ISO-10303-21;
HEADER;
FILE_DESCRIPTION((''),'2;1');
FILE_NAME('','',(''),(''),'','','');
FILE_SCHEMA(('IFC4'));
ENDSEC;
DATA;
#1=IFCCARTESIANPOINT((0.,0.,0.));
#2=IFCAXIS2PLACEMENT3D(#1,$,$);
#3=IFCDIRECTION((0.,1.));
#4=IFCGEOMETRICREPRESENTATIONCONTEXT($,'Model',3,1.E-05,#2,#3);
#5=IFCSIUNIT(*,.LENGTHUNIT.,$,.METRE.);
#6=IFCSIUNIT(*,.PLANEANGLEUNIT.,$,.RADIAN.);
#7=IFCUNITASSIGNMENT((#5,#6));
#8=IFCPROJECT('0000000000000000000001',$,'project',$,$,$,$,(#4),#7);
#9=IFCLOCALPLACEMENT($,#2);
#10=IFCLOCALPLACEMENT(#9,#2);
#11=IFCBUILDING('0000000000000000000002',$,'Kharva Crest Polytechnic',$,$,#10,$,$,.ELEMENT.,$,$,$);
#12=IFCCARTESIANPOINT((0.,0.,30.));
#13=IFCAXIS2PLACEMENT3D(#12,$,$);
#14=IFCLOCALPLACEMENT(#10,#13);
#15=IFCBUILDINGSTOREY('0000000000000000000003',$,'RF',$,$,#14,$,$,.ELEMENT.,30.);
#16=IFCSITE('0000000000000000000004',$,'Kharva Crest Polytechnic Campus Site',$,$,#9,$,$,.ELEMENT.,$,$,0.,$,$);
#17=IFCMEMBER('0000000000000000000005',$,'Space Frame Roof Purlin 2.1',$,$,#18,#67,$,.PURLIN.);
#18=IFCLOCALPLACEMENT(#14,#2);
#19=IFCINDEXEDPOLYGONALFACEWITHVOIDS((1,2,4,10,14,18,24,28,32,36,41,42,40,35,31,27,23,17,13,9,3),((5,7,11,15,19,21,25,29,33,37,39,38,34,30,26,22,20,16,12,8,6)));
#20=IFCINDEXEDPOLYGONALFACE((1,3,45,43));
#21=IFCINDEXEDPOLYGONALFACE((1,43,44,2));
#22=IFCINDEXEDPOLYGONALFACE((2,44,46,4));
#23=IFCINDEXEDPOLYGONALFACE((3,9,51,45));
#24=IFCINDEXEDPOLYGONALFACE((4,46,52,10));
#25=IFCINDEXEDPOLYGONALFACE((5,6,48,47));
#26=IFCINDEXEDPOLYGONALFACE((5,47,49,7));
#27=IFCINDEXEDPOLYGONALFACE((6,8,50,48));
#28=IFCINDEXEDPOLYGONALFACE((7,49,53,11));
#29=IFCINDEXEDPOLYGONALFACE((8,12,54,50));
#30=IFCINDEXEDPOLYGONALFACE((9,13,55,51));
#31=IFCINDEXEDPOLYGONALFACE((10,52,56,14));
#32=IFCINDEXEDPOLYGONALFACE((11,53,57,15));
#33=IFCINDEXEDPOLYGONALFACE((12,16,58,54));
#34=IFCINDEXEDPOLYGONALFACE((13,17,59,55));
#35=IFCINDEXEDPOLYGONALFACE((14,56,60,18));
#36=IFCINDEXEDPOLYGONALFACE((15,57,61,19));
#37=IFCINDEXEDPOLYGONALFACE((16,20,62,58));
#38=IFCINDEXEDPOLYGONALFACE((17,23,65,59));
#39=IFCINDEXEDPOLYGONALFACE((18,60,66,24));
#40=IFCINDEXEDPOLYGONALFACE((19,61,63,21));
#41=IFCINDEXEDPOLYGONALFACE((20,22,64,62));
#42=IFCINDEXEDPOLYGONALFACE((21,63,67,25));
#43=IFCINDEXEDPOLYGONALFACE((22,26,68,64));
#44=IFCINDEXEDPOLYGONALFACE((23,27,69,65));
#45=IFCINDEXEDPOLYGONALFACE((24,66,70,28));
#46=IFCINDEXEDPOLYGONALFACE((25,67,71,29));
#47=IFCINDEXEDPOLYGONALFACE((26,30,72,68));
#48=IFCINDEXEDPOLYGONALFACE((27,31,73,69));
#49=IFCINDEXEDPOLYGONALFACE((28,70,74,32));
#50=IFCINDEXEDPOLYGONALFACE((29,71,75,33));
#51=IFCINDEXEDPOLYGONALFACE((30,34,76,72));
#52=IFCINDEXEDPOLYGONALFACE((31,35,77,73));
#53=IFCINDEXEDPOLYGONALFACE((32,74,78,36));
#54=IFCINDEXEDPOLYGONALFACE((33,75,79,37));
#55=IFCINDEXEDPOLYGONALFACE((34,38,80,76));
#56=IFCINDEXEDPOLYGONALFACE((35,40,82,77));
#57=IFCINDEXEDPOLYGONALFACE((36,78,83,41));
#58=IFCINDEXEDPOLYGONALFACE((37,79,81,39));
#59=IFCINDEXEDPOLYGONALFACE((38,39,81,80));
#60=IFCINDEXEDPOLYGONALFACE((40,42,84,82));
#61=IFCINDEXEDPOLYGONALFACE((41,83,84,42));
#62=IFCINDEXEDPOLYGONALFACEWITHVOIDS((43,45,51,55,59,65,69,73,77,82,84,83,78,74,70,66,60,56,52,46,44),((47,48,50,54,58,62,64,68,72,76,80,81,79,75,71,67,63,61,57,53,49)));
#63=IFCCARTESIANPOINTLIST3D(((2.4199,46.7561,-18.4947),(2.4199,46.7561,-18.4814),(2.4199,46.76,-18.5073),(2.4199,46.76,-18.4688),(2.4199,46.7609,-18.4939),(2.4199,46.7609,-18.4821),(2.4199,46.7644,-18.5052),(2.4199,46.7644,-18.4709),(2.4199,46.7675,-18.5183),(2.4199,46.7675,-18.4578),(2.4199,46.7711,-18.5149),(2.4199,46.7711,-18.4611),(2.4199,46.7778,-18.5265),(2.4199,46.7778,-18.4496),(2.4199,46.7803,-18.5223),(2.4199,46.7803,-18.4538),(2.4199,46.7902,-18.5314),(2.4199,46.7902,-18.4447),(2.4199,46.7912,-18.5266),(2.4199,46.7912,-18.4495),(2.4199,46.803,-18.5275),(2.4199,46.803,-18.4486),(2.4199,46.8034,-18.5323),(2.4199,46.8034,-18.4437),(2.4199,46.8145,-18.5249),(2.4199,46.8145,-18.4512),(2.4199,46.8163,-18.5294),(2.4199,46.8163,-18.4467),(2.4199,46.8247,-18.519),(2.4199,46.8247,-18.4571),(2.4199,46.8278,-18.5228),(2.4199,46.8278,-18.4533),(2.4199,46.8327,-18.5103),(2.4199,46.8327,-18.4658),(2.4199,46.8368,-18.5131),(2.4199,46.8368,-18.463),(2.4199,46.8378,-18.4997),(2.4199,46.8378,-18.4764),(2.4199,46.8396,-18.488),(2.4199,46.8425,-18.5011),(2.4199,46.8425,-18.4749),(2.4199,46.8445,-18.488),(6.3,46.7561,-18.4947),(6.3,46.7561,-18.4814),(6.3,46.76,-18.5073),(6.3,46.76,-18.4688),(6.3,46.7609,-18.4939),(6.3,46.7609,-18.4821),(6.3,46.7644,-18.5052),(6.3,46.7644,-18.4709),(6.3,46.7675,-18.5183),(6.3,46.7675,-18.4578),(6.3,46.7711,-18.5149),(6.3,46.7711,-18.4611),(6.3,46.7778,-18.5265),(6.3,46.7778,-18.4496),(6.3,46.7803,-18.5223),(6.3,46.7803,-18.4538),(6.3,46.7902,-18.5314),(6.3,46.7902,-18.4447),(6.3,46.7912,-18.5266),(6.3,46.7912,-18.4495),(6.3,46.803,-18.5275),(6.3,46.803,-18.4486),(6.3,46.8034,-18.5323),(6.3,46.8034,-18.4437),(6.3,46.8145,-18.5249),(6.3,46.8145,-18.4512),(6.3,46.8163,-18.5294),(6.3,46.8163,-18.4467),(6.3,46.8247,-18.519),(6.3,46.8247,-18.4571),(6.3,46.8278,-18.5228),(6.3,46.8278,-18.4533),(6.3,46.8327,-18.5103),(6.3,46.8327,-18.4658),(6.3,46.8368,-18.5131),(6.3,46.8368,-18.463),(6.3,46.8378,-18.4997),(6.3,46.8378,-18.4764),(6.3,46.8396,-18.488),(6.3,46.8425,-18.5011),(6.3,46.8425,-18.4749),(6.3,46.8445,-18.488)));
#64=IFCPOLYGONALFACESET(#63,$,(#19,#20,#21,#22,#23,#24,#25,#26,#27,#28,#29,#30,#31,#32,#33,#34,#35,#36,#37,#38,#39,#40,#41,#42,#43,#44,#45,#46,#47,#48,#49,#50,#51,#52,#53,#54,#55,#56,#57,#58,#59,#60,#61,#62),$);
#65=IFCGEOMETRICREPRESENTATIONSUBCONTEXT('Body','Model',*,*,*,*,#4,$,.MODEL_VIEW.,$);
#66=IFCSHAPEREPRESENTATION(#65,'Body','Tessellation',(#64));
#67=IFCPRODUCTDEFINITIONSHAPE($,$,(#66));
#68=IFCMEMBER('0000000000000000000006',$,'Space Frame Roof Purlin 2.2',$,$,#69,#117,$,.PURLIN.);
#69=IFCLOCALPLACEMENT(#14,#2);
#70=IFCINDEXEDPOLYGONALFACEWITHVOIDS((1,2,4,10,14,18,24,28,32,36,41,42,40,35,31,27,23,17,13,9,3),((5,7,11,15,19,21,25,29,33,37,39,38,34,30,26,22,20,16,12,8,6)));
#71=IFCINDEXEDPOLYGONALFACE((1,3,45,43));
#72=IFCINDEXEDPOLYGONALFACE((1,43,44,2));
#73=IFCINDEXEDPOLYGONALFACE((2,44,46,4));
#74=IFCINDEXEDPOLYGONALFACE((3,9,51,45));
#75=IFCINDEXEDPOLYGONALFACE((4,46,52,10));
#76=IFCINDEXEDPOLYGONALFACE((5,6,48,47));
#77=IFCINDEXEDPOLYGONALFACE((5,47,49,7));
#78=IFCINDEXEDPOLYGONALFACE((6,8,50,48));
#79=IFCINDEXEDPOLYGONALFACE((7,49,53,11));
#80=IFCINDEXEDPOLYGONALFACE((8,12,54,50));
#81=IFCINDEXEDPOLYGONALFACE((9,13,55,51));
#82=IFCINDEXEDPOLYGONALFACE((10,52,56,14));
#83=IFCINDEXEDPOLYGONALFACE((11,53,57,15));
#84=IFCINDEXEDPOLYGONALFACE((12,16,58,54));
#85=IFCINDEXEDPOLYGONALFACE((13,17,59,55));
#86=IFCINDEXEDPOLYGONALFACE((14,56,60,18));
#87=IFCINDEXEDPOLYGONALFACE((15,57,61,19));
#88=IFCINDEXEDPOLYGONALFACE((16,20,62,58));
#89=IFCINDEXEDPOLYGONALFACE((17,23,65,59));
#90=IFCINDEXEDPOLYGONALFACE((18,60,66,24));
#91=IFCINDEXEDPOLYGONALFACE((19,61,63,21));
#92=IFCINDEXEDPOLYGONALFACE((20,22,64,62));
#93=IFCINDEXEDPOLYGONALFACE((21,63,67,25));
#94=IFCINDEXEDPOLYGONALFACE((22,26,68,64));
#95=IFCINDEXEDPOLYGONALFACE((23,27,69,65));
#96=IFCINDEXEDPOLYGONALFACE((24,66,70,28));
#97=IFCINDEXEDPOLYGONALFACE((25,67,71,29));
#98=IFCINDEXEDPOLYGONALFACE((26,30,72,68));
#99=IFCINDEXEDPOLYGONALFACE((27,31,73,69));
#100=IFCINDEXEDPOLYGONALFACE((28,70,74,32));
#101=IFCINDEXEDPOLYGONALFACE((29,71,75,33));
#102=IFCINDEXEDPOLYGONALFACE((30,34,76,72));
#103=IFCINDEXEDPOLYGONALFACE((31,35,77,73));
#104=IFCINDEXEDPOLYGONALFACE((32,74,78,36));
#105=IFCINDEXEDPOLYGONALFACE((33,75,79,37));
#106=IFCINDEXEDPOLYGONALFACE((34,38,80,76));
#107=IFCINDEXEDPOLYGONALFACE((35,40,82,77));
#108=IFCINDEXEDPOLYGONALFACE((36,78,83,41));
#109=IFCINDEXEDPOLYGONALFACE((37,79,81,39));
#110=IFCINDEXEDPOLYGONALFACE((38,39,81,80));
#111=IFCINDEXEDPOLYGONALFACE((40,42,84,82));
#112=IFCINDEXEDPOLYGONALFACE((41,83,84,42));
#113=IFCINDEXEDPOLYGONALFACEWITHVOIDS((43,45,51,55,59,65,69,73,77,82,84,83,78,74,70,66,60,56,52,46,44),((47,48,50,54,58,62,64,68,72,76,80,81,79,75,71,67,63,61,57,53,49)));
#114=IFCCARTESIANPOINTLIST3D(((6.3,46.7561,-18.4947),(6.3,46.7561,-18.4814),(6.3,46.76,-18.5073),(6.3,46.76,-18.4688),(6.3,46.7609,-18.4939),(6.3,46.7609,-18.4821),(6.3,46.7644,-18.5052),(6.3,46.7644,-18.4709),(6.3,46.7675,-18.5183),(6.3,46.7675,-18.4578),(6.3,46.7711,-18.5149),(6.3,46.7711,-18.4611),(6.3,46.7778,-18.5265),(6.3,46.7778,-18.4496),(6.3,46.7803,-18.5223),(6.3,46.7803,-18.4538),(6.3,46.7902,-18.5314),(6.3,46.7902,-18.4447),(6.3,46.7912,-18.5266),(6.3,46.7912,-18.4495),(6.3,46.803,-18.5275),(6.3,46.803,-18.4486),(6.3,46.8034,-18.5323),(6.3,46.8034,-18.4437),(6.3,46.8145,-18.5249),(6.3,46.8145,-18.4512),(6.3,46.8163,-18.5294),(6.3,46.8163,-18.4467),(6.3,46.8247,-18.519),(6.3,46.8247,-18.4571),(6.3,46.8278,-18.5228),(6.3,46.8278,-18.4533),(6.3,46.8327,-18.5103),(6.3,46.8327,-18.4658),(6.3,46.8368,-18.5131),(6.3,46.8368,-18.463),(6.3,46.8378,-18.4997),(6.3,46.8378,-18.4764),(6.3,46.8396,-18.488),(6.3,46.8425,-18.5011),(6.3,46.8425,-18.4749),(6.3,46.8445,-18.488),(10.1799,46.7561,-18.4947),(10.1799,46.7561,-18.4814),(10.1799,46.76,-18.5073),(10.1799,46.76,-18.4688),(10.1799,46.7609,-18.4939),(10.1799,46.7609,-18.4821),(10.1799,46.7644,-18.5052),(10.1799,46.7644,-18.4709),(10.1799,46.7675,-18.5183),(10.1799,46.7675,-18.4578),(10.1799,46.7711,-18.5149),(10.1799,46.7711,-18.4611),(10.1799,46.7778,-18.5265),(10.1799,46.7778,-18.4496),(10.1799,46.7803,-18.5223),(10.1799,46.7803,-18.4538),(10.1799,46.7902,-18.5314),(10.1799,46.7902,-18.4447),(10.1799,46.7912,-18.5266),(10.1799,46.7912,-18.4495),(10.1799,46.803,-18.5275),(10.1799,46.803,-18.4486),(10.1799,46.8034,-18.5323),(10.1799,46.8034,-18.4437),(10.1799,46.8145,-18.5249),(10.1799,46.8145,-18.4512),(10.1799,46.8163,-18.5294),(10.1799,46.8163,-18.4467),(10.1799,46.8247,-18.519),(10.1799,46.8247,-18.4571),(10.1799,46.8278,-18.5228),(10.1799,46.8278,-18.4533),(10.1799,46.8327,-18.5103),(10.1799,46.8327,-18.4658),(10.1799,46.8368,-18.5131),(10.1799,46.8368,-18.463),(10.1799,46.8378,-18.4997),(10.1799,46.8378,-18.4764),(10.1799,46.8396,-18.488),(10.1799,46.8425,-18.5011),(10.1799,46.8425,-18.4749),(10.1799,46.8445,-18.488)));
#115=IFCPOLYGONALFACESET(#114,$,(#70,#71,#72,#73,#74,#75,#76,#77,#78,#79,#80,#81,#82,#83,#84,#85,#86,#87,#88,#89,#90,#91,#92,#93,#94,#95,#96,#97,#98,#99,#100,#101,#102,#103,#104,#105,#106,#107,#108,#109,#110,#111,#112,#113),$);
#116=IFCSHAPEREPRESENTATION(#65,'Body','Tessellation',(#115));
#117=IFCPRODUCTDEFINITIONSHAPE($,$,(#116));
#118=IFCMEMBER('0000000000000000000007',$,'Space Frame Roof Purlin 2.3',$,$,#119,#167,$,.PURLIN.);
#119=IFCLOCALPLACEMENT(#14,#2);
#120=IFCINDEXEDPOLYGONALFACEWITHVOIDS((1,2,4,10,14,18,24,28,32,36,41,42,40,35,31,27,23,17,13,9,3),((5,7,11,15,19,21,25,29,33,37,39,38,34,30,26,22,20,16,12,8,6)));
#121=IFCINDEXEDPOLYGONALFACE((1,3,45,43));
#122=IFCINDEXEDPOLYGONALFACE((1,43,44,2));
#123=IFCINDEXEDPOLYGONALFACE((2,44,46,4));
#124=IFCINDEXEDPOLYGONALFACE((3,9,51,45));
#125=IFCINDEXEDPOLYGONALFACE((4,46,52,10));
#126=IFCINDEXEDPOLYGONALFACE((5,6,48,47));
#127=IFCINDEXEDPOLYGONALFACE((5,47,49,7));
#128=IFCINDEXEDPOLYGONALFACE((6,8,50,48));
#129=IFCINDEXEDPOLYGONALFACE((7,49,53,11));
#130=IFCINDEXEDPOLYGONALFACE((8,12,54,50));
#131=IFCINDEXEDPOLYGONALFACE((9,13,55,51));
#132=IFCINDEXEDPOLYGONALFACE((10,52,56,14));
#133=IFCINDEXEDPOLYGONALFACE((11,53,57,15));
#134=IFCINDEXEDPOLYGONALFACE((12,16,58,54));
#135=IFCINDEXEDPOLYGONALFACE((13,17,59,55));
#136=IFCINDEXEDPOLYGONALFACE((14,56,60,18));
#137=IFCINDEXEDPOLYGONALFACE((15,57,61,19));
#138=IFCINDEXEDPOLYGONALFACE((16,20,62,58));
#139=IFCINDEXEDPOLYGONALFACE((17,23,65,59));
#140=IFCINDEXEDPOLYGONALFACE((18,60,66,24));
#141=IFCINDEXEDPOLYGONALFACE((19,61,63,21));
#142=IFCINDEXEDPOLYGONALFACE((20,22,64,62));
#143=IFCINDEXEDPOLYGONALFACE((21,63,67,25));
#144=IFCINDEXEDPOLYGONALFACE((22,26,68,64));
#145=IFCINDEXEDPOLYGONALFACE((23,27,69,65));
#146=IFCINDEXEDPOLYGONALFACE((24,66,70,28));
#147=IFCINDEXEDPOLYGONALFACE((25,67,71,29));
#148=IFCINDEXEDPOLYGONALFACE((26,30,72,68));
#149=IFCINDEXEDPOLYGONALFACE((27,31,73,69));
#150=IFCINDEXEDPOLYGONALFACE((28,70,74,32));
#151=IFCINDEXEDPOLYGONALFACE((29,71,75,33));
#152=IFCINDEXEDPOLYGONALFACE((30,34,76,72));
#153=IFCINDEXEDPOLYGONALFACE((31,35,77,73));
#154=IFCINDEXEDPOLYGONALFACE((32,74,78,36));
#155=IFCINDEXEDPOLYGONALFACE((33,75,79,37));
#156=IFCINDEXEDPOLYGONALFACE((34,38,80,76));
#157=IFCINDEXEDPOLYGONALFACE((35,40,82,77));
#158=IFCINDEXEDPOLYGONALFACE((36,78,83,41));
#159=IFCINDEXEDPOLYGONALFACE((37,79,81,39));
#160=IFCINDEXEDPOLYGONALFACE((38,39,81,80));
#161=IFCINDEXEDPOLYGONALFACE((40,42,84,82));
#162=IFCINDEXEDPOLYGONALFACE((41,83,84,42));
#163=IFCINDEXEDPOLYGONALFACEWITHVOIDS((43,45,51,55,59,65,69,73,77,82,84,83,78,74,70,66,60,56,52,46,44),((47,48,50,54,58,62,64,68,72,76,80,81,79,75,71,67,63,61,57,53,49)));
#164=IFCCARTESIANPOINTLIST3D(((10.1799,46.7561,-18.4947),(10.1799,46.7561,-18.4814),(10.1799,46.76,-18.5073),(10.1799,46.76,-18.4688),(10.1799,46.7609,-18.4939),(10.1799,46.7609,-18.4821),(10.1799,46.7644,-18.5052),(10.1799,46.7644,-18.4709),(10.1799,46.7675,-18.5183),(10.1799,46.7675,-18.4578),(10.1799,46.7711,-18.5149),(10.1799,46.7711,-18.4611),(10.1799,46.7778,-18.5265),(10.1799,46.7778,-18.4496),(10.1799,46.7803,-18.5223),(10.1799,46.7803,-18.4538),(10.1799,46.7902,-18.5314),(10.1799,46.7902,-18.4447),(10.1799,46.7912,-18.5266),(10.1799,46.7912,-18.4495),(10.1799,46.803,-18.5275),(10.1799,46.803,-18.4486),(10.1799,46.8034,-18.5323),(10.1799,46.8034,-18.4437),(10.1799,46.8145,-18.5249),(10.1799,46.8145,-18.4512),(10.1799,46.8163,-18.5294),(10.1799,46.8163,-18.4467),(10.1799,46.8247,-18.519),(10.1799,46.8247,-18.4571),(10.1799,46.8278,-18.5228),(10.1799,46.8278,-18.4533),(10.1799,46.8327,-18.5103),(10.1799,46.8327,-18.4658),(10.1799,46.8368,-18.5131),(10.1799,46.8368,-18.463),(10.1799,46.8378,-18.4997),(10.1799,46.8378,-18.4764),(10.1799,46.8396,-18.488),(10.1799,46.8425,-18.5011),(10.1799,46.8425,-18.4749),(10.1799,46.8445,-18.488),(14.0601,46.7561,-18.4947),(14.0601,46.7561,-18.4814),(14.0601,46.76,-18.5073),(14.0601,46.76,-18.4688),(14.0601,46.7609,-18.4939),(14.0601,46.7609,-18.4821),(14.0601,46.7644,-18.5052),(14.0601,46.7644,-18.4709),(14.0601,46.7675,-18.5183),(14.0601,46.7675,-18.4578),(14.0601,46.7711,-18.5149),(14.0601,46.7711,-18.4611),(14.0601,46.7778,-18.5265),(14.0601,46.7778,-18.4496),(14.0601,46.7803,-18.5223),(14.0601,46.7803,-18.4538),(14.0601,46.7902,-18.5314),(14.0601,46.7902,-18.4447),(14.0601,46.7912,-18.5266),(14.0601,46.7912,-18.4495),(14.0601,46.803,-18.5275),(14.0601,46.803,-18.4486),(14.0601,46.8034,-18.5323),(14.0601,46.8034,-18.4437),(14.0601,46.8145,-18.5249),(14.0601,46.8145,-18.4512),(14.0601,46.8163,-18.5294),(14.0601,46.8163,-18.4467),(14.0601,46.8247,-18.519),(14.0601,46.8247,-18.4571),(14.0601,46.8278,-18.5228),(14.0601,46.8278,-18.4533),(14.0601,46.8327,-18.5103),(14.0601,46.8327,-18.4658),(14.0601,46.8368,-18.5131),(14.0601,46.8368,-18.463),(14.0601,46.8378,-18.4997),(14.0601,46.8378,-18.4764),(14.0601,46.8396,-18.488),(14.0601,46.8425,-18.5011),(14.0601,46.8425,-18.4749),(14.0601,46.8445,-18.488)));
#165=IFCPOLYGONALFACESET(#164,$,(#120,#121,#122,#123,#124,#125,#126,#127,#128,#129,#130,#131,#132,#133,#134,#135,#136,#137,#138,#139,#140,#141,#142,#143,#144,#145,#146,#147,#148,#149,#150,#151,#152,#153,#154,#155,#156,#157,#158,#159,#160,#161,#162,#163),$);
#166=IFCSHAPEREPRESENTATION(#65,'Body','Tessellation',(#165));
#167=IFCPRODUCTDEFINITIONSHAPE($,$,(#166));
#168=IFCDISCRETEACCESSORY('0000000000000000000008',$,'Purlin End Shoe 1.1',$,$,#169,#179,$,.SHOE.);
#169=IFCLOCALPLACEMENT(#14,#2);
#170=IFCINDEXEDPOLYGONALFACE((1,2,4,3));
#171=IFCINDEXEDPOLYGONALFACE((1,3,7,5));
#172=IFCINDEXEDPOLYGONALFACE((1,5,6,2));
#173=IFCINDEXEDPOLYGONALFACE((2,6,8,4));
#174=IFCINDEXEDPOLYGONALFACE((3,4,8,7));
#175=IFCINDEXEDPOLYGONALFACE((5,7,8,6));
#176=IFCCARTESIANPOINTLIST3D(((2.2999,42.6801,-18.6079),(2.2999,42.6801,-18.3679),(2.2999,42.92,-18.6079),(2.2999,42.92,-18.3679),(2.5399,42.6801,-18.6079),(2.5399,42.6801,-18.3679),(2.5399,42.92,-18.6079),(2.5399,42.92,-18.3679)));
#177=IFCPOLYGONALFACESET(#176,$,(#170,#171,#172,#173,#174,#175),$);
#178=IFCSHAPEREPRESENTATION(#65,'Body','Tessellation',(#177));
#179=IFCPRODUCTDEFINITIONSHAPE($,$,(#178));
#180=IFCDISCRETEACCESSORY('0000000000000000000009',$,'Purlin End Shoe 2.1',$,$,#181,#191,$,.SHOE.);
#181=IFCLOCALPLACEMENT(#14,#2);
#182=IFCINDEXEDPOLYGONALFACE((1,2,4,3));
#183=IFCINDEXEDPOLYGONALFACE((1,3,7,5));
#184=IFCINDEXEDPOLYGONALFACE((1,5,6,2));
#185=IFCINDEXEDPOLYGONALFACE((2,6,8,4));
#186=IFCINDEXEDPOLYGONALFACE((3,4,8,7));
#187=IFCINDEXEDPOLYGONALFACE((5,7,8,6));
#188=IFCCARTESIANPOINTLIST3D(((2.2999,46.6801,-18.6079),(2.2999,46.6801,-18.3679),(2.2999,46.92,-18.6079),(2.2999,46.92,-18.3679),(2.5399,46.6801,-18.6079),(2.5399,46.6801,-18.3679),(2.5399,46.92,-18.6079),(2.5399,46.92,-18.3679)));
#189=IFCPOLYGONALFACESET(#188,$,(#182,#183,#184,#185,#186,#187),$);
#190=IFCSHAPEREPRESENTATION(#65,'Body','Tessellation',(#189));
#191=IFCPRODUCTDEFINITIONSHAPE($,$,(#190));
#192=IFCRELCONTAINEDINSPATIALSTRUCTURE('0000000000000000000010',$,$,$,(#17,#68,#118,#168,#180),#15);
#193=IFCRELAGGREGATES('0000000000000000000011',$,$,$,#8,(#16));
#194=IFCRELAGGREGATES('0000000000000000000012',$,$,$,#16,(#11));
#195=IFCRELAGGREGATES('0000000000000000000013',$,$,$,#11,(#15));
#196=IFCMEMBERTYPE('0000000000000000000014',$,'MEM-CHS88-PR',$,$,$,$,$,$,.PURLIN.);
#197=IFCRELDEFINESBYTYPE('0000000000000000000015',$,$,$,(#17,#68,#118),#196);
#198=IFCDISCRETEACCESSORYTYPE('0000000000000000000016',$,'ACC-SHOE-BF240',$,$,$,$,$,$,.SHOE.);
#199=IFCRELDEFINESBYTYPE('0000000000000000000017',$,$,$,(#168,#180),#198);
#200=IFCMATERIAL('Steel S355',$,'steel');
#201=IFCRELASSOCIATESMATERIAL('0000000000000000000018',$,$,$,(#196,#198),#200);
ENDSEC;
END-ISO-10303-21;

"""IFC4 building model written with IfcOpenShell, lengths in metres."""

from ifc_helpers import new_model, si_unit, direction, frame, origin, origin_2d, place, context, subcontext, project, spatial, rectangle, hollow_circle, extrude, material, material_profile, profile_set, type_object, element, save


model = new_model("IFC4")

# Units and contexts
model_context = context("Model", 3, precision=1e-05, world=origin(), true_north=direction((0.0, 1.0)))
body_context = subcontext(model_context, "Body", "Model", "MODEL_VIEW")
ifc_project = project(units=[si_unit("LENGTHUNIT", "METRE"), si_unit("PLANEANGLEUNIT", "RADIAN")], contexts=[model_context])

# Site, building, storey
site_placement = place(None, origin())
site = spatial("IfcSite", under=ifc_project, at=site_placement, Name="Kharva Crest Polytechnic Campus Site", CompositionType="ELEMENT", RefElevation=0.0)
building_placement = place(site_placement, origin())
building = spatial("IfcBuilding", under=site, at=building_placement, Name="Kharva Crest Polytechnic", CompositionType="ELEMENT")
storey_placement = place(building_placement, frame((0.0, 0.0, 30.0)))
storey = spatial("IfcBuildingStorey", under=building, at=storey_placement, Name="RF", CompositionType="ELEMENT", Elevation=30.0)

# Members
ifc_material = material(Name="Steel S355", Category="steel")
ifc_material_profile = material_profile(ifc_material, hollow_circle(Radius=0.0444, WallThickness=0.0049, at=origin_2d()), Name="CHS 88.9X5.0")
ifc_profile_set = profile_set([ifc_material_profile], Name="Steel S355")
member_type = type_object("IfcMemberType", Name="MEM-CHS88-PR", PredefinedType="PURLIN", material=ifc_profile_set)
member_1_placement = place(storey_placement, frame((2.4199, 46.8, -18.488), z_axis=(1.0, 0.0, 0.0), x_axis=(0.0, 1.0, 0.0)))
element("IfcMember", 1, at=member_1_placement, inside=storey, type_object=member_type, Name="Space Frame Roof Purlin 2.1", PredefinedType="PURLIN", context=body_context, shape_type="SweptSolid", body=[
    extrude(hollow_circle(Radius=0.0444, WallThickness=0.0049, at=origin_2d()), origin(), (0.0, 0.0, 1.0), 3.8801),
])
member_2_placement = place(storey_placement, frame((6.3, 46.8, -18.488), z_axis=(1.0, 0.0, 0.0), x_axis=(0.0, 1.0, 0.0)))
element("IfcMember", 2, at=member_2_placement, inside=storey, type_object=member_type, Name="Space Frame Roof Purlin 2.2", PredefinedType="PURLIN", context=body_context, shape_type="SweptSolid", body=[
    extrude(hollow_circle(Radius=0.0444, WallThickness=0.0049, at=origin_2d()), origin(), (0.0, 0.0, 1.0), 3.8799),
])
member_3_placement = place(storey_placement, frame((10.1799, 46.8, -18.488), z_axis=(1.0, 0.0, 0.0), x_axis=(0.0, 1.0, 0.0)))
element("IfcMember", 3, at=member_3_placement, inside=storey, type_object=member_type, Name="Space Frame Roof Purlin 2.3", PredefinedType="PURLIN", context=body_context, shape_type="SweptSolid", body=[
    extrude(hollow_circle(Radius=0.0444, WallThickness=0.0049, at=origin_2d()), origin(), (0.0, 0.0, 1.0), 3.8801),
])

# Discrete accessories
discrete_accessory_type = type_object("IfcDiscreteAccessoryType", Name="ACC-SHOE-BF240", PredefinedType="SHOE", material=ifc_material)
for number, where, z_axis, x_axis, name in (
    (4, (2.4199, 42.8, -18.6079), (0.0, 0.0, 1.0), (1.0, 0.0, 0.0), "Purlin End Shoe 1.1"),
    (5, (2.4199, 46.8, -18.6079), (0.0, 0.0, 1.0), (1.0, 0.0, 0.0), "Purlin End Shoe 2.1"),
):
    element("IfcDiscreteAccessory", number, at=place(storey_placement, frame(where, z_axis=z_axis, x_axis=x_axis)), inside=storey, type_object=discrete_accessory_type, Name=name, PredefinedType="SHOE", context=body_context, shape_type="SweptSolid", body=[
        extrude(rectangle(XDim=0.24, YDim=0.24, at=origin_2d()), origin(), (0.0, 0.0, 1.0), 0.24),
    ])

save(model, "model.ifc")
